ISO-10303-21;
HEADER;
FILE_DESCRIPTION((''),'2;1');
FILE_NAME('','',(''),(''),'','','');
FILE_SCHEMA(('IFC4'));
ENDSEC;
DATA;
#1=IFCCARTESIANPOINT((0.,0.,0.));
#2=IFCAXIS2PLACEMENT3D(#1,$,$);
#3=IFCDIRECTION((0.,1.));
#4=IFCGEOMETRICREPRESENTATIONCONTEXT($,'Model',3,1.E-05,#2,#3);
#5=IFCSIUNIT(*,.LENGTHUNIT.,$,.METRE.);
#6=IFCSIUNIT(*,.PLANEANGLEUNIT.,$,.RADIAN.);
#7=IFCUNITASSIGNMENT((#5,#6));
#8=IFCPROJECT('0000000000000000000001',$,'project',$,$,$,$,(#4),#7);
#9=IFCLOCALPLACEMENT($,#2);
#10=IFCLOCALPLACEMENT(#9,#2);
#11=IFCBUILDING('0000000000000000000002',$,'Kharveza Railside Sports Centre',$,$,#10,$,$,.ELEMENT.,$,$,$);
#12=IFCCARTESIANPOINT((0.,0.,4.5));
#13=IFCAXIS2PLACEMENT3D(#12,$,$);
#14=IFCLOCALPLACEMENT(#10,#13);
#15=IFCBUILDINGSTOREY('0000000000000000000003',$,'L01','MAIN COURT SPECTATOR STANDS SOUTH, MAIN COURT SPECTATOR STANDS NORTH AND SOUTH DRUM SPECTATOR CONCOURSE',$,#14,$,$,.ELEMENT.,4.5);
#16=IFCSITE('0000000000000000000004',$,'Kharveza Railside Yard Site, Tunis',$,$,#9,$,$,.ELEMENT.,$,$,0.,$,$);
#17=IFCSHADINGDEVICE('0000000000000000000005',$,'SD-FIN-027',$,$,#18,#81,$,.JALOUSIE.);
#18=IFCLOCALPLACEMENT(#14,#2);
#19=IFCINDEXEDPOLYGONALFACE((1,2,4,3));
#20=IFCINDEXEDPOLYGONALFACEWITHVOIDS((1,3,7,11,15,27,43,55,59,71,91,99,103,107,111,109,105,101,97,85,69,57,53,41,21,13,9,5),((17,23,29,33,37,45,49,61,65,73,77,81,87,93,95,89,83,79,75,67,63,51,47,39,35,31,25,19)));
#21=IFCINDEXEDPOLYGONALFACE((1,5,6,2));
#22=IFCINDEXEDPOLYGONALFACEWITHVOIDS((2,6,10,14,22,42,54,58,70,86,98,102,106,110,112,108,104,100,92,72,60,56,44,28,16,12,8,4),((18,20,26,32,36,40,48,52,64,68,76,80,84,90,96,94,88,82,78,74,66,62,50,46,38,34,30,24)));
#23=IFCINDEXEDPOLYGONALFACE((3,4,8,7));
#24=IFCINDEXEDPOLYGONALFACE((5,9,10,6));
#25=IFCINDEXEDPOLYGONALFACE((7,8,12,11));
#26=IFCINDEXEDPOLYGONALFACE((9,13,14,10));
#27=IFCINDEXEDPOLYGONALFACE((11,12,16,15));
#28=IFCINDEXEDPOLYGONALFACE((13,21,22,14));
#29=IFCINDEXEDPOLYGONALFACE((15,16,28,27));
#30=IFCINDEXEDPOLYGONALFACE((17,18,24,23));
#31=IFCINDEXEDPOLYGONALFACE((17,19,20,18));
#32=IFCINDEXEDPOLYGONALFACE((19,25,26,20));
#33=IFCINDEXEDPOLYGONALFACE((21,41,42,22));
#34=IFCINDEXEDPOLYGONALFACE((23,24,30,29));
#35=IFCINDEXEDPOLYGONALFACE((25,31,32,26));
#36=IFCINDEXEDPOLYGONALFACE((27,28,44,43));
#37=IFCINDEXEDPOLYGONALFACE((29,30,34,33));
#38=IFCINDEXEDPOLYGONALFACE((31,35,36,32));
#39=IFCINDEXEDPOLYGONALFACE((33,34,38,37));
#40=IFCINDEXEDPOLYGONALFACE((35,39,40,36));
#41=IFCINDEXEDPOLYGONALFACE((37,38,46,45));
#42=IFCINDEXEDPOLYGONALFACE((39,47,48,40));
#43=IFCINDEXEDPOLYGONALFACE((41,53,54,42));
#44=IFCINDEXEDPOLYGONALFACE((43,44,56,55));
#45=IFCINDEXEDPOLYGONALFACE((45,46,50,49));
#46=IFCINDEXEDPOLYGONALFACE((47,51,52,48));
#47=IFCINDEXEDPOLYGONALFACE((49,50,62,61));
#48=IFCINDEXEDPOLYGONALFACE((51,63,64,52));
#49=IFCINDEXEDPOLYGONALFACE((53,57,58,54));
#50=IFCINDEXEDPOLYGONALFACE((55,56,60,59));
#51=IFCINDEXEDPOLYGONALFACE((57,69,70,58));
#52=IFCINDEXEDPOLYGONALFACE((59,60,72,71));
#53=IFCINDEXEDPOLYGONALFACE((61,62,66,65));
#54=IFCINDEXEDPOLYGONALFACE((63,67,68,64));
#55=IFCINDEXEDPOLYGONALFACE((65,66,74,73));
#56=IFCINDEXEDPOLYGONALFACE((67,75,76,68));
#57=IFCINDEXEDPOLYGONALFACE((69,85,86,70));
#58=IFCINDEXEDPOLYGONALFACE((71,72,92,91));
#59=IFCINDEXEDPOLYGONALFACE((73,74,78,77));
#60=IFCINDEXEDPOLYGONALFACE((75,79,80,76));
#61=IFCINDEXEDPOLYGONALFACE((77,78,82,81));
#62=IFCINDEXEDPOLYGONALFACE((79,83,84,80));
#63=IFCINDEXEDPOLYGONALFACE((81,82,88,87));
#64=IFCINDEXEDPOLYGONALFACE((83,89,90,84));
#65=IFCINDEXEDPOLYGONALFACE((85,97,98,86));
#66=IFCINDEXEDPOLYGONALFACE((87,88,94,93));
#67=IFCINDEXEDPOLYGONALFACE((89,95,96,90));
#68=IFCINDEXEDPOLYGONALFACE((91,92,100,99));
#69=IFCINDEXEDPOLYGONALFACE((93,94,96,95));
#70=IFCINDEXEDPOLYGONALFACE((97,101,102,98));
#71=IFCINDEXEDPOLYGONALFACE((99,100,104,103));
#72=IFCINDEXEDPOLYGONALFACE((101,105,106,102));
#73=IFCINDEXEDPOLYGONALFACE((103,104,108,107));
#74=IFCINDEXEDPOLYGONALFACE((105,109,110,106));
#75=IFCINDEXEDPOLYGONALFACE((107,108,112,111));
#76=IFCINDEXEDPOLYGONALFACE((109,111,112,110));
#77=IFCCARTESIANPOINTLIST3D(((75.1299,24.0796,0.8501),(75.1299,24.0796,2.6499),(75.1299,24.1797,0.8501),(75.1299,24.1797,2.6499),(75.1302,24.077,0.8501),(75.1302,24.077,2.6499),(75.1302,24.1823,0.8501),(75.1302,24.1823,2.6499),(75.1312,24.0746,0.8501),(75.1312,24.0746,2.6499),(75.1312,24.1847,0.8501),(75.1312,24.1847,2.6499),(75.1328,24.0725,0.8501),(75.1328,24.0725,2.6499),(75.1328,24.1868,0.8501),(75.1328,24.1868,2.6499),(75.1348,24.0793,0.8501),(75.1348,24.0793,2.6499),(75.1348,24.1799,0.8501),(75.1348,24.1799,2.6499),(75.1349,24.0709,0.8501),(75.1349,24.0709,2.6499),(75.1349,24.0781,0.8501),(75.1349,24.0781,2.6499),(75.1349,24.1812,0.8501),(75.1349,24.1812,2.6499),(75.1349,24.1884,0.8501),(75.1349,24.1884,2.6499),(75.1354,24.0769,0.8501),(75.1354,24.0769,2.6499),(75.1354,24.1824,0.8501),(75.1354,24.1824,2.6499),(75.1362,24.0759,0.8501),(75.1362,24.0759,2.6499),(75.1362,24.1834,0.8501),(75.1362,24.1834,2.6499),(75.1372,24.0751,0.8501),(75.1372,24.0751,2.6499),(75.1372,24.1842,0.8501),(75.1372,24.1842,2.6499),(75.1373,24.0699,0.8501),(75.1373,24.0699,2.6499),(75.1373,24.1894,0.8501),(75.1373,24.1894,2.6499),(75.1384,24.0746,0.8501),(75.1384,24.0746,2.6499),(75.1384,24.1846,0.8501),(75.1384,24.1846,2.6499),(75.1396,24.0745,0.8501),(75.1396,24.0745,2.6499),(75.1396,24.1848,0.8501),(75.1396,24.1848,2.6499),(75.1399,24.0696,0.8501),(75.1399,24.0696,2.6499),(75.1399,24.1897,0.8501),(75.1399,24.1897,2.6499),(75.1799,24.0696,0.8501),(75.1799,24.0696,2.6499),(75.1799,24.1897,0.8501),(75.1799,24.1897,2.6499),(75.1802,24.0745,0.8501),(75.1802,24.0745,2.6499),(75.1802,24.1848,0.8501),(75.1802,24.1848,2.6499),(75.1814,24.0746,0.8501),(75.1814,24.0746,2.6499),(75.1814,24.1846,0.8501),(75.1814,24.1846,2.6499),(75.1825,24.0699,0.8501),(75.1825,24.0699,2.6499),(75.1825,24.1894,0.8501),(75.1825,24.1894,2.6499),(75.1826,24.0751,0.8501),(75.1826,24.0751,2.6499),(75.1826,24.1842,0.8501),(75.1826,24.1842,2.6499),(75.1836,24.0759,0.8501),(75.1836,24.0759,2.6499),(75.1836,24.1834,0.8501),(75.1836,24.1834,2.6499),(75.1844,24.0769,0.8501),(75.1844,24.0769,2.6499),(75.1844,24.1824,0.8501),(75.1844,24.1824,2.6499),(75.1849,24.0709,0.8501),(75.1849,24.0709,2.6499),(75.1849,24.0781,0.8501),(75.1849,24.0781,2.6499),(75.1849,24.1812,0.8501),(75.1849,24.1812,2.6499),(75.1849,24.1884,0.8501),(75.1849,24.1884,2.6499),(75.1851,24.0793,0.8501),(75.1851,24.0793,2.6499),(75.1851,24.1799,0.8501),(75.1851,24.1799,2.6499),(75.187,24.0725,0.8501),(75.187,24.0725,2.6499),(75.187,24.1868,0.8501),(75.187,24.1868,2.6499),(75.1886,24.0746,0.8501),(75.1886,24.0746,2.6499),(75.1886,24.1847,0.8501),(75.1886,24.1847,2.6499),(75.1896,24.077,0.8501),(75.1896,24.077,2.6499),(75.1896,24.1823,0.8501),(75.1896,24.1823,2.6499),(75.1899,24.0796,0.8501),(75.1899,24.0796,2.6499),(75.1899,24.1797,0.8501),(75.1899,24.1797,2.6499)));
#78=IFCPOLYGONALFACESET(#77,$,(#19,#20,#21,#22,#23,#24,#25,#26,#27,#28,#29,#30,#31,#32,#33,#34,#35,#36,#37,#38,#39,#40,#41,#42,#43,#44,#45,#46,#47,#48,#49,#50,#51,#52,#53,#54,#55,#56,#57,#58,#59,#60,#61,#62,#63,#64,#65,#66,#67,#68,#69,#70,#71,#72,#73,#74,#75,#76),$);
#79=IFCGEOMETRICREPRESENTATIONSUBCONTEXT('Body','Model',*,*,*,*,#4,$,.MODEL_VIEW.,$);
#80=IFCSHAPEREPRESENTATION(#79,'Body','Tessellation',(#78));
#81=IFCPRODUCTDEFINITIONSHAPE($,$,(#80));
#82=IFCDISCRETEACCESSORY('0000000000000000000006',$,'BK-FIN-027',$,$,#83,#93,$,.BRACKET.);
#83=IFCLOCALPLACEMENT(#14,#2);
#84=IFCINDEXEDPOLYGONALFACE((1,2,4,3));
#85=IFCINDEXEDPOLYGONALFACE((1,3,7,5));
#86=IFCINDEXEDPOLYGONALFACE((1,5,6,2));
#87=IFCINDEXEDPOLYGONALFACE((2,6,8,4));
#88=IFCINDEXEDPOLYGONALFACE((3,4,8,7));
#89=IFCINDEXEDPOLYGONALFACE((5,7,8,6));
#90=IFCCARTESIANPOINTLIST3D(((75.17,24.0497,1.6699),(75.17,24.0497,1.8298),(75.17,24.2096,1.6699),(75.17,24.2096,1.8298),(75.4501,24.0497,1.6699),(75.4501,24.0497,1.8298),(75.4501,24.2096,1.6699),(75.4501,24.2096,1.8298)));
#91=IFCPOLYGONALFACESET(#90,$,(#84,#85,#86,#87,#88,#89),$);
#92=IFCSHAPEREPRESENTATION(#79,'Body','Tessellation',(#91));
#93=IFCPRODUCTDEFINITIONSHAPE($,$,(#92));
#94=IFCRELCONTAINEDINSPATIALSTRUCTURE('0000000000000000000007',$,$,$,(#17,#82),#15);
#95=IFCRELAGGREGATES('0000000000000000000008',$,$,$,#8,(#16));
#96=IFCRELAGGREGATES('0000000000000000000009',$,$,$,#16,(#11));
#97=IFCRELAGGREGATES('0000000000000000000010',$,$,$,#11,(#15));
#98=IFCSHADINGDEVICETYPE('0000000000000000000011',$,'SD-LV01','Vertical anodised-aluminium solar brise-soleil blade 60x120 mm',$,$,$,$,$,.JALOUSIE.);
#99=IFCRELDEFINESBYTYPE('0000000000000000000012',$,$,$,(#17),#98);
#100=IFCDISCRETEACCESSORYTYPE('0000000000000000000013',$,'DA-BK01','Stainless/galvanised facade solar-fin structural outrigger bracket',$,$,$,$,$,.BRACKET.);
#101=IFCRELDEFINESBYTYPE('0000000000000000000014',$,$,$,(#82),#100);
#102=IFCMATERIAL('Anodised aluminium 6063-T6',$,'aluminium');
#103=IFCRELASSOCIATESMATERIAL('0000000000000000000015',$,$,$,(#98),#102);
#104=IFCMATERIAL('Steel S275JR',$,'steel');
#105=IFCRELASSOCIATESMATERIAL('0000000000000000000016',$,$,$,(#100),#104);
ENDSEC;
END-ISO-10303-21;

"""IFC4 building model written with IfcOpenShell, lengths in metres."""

from ifc_helpers import new_model, si_unit, direction, frame, origin, origin_2d, place, context, subcontext, project, spatial, rectangle, hollow_rectangle, extrude, material, material_profile, profile_set, type_object, element, save


model = new_model("IFC4")

# Units and contexts
model_context = context("Model", 3, precision=1e-05, world=origin(), true_north=direction((0.0, 1.0)))
body_context = subcontext(model_context, "Body", "Model", "MODEL_VIEW")
ifc_project = project(units=[si_unit("LENGTHUNIT", "METRE"), si_unit("PLANEANGLEUNIT", "RADIAN")], contexts=[model_context])

# Site, building, storey
site_placement = place(None, origin())
site = spatial("IfcSite", under=ifc_project, at=site_placement, Name="Kharveza Railside Yard Site, Tunis", CompositionType="ELEMENT", RefElevation=0.0)
building_placement = place(site_placement, origin())
building = spatial("IfcBuilding", under=site, at=building_placement, Name="Kharveza Railside Sports Centre", CompositionType="ELEMENT")
storey_placement = place(building_placement, frame((0.0, 0.0, 4.5)))
storey = spatial("IfcBuildingStorey", under=building, at=storey_placement, Name="L01", Description="MAIN COURT SPECTATOR STANDS SOUTH, MAIN COURT SPECTATOR STANDS NORTH AND SOUTH DRUM SPECTATOR CONCOURSE", CompositionType="ELEMENT", Elevation=4.5)

# Shared definitions
ifc_material_1 = material(Name="Anodised aluminium 6063-T6", Category="aluminium")

# Shading device
ifc_material_profile_1 = material_profile(ifc_material_1, hollow_rectangle(XDim=0.0601, YDim=0.1201, WallThickness=0.0049, InnerFilletRadius=0.0049, OuterFilletRadius=0.01, at=origin_2d()), Name="RHS 60x120x5.0")
ifc_profile_set_1 = profile_set([ifc_material_profile_1], Name="Anodised aluminium 6063-T6")
shading_device_type = type_object("IfcShadingDeviceType", Name="SD-LV01", Description="Vertical anodised-aluminium solar brise-soleil blade 60x120 mm", PredefinedType="JALOUSIE", material=ifc_profile_set_1)
shading_device_placement = place(storey_placement, frame((75.1599, 24.1296, 0.8501), z_axis=(0.0, 0.0, 1.0), x_axis=(-1.0, 0.0, 0.0)))
element("IfcShadingDevice", 1, at=shading_device_placement, inside=storey, type_object=shading_device_type, Name="SD-FIN-027", PredefinedType="JALOUSIE", context=body_context, shape_type="SweptSolid", body=[
    extrude(hollow_rectangle(XDim=0.0601, YDim=0.1201, WallThickness=0.0049, InnerFilletRadius=0.0049, OuterFilletRadius=0.01, at=origin_2d()), origin(), (0.0, 0.0, 1.0), 1.7998),
])

# Discrete accessory
ifc_material_2 = material(Name="Steel S275JR", Category="steel")
discrete_accessory_type = type_object("IfcDiscreteAccessoryType", Name="DA-BK01", Description="Stainless/galvanised facade solar-fin structural outrigger bracket", PredefinedType="BRACKET", material=ifc_material_2)
discrete_accessory_placement = place(storey_placement, frame((75.3101, 24.1296, 1.6699), z_axis=(0.0, 0.0, 1.0), x_axis=(-1.0, 0.0, 0.0)))
element("IfcDiscreteAccessory", 2, at=discrete_accessory_placement, inside=storey, type_object=discrete_accessory_type, Name="BK-FIN-027", PredefinedType="BRACKET", context=body_context, shape_type="SweptSolid", body=[
    extrude(rectangle(XDim=0.28, YDim=0.1599, at=origin_2d()), origin(), (0.0, 0.0, 1.0), 0.1599),
])

save(model, "model.ifc")
